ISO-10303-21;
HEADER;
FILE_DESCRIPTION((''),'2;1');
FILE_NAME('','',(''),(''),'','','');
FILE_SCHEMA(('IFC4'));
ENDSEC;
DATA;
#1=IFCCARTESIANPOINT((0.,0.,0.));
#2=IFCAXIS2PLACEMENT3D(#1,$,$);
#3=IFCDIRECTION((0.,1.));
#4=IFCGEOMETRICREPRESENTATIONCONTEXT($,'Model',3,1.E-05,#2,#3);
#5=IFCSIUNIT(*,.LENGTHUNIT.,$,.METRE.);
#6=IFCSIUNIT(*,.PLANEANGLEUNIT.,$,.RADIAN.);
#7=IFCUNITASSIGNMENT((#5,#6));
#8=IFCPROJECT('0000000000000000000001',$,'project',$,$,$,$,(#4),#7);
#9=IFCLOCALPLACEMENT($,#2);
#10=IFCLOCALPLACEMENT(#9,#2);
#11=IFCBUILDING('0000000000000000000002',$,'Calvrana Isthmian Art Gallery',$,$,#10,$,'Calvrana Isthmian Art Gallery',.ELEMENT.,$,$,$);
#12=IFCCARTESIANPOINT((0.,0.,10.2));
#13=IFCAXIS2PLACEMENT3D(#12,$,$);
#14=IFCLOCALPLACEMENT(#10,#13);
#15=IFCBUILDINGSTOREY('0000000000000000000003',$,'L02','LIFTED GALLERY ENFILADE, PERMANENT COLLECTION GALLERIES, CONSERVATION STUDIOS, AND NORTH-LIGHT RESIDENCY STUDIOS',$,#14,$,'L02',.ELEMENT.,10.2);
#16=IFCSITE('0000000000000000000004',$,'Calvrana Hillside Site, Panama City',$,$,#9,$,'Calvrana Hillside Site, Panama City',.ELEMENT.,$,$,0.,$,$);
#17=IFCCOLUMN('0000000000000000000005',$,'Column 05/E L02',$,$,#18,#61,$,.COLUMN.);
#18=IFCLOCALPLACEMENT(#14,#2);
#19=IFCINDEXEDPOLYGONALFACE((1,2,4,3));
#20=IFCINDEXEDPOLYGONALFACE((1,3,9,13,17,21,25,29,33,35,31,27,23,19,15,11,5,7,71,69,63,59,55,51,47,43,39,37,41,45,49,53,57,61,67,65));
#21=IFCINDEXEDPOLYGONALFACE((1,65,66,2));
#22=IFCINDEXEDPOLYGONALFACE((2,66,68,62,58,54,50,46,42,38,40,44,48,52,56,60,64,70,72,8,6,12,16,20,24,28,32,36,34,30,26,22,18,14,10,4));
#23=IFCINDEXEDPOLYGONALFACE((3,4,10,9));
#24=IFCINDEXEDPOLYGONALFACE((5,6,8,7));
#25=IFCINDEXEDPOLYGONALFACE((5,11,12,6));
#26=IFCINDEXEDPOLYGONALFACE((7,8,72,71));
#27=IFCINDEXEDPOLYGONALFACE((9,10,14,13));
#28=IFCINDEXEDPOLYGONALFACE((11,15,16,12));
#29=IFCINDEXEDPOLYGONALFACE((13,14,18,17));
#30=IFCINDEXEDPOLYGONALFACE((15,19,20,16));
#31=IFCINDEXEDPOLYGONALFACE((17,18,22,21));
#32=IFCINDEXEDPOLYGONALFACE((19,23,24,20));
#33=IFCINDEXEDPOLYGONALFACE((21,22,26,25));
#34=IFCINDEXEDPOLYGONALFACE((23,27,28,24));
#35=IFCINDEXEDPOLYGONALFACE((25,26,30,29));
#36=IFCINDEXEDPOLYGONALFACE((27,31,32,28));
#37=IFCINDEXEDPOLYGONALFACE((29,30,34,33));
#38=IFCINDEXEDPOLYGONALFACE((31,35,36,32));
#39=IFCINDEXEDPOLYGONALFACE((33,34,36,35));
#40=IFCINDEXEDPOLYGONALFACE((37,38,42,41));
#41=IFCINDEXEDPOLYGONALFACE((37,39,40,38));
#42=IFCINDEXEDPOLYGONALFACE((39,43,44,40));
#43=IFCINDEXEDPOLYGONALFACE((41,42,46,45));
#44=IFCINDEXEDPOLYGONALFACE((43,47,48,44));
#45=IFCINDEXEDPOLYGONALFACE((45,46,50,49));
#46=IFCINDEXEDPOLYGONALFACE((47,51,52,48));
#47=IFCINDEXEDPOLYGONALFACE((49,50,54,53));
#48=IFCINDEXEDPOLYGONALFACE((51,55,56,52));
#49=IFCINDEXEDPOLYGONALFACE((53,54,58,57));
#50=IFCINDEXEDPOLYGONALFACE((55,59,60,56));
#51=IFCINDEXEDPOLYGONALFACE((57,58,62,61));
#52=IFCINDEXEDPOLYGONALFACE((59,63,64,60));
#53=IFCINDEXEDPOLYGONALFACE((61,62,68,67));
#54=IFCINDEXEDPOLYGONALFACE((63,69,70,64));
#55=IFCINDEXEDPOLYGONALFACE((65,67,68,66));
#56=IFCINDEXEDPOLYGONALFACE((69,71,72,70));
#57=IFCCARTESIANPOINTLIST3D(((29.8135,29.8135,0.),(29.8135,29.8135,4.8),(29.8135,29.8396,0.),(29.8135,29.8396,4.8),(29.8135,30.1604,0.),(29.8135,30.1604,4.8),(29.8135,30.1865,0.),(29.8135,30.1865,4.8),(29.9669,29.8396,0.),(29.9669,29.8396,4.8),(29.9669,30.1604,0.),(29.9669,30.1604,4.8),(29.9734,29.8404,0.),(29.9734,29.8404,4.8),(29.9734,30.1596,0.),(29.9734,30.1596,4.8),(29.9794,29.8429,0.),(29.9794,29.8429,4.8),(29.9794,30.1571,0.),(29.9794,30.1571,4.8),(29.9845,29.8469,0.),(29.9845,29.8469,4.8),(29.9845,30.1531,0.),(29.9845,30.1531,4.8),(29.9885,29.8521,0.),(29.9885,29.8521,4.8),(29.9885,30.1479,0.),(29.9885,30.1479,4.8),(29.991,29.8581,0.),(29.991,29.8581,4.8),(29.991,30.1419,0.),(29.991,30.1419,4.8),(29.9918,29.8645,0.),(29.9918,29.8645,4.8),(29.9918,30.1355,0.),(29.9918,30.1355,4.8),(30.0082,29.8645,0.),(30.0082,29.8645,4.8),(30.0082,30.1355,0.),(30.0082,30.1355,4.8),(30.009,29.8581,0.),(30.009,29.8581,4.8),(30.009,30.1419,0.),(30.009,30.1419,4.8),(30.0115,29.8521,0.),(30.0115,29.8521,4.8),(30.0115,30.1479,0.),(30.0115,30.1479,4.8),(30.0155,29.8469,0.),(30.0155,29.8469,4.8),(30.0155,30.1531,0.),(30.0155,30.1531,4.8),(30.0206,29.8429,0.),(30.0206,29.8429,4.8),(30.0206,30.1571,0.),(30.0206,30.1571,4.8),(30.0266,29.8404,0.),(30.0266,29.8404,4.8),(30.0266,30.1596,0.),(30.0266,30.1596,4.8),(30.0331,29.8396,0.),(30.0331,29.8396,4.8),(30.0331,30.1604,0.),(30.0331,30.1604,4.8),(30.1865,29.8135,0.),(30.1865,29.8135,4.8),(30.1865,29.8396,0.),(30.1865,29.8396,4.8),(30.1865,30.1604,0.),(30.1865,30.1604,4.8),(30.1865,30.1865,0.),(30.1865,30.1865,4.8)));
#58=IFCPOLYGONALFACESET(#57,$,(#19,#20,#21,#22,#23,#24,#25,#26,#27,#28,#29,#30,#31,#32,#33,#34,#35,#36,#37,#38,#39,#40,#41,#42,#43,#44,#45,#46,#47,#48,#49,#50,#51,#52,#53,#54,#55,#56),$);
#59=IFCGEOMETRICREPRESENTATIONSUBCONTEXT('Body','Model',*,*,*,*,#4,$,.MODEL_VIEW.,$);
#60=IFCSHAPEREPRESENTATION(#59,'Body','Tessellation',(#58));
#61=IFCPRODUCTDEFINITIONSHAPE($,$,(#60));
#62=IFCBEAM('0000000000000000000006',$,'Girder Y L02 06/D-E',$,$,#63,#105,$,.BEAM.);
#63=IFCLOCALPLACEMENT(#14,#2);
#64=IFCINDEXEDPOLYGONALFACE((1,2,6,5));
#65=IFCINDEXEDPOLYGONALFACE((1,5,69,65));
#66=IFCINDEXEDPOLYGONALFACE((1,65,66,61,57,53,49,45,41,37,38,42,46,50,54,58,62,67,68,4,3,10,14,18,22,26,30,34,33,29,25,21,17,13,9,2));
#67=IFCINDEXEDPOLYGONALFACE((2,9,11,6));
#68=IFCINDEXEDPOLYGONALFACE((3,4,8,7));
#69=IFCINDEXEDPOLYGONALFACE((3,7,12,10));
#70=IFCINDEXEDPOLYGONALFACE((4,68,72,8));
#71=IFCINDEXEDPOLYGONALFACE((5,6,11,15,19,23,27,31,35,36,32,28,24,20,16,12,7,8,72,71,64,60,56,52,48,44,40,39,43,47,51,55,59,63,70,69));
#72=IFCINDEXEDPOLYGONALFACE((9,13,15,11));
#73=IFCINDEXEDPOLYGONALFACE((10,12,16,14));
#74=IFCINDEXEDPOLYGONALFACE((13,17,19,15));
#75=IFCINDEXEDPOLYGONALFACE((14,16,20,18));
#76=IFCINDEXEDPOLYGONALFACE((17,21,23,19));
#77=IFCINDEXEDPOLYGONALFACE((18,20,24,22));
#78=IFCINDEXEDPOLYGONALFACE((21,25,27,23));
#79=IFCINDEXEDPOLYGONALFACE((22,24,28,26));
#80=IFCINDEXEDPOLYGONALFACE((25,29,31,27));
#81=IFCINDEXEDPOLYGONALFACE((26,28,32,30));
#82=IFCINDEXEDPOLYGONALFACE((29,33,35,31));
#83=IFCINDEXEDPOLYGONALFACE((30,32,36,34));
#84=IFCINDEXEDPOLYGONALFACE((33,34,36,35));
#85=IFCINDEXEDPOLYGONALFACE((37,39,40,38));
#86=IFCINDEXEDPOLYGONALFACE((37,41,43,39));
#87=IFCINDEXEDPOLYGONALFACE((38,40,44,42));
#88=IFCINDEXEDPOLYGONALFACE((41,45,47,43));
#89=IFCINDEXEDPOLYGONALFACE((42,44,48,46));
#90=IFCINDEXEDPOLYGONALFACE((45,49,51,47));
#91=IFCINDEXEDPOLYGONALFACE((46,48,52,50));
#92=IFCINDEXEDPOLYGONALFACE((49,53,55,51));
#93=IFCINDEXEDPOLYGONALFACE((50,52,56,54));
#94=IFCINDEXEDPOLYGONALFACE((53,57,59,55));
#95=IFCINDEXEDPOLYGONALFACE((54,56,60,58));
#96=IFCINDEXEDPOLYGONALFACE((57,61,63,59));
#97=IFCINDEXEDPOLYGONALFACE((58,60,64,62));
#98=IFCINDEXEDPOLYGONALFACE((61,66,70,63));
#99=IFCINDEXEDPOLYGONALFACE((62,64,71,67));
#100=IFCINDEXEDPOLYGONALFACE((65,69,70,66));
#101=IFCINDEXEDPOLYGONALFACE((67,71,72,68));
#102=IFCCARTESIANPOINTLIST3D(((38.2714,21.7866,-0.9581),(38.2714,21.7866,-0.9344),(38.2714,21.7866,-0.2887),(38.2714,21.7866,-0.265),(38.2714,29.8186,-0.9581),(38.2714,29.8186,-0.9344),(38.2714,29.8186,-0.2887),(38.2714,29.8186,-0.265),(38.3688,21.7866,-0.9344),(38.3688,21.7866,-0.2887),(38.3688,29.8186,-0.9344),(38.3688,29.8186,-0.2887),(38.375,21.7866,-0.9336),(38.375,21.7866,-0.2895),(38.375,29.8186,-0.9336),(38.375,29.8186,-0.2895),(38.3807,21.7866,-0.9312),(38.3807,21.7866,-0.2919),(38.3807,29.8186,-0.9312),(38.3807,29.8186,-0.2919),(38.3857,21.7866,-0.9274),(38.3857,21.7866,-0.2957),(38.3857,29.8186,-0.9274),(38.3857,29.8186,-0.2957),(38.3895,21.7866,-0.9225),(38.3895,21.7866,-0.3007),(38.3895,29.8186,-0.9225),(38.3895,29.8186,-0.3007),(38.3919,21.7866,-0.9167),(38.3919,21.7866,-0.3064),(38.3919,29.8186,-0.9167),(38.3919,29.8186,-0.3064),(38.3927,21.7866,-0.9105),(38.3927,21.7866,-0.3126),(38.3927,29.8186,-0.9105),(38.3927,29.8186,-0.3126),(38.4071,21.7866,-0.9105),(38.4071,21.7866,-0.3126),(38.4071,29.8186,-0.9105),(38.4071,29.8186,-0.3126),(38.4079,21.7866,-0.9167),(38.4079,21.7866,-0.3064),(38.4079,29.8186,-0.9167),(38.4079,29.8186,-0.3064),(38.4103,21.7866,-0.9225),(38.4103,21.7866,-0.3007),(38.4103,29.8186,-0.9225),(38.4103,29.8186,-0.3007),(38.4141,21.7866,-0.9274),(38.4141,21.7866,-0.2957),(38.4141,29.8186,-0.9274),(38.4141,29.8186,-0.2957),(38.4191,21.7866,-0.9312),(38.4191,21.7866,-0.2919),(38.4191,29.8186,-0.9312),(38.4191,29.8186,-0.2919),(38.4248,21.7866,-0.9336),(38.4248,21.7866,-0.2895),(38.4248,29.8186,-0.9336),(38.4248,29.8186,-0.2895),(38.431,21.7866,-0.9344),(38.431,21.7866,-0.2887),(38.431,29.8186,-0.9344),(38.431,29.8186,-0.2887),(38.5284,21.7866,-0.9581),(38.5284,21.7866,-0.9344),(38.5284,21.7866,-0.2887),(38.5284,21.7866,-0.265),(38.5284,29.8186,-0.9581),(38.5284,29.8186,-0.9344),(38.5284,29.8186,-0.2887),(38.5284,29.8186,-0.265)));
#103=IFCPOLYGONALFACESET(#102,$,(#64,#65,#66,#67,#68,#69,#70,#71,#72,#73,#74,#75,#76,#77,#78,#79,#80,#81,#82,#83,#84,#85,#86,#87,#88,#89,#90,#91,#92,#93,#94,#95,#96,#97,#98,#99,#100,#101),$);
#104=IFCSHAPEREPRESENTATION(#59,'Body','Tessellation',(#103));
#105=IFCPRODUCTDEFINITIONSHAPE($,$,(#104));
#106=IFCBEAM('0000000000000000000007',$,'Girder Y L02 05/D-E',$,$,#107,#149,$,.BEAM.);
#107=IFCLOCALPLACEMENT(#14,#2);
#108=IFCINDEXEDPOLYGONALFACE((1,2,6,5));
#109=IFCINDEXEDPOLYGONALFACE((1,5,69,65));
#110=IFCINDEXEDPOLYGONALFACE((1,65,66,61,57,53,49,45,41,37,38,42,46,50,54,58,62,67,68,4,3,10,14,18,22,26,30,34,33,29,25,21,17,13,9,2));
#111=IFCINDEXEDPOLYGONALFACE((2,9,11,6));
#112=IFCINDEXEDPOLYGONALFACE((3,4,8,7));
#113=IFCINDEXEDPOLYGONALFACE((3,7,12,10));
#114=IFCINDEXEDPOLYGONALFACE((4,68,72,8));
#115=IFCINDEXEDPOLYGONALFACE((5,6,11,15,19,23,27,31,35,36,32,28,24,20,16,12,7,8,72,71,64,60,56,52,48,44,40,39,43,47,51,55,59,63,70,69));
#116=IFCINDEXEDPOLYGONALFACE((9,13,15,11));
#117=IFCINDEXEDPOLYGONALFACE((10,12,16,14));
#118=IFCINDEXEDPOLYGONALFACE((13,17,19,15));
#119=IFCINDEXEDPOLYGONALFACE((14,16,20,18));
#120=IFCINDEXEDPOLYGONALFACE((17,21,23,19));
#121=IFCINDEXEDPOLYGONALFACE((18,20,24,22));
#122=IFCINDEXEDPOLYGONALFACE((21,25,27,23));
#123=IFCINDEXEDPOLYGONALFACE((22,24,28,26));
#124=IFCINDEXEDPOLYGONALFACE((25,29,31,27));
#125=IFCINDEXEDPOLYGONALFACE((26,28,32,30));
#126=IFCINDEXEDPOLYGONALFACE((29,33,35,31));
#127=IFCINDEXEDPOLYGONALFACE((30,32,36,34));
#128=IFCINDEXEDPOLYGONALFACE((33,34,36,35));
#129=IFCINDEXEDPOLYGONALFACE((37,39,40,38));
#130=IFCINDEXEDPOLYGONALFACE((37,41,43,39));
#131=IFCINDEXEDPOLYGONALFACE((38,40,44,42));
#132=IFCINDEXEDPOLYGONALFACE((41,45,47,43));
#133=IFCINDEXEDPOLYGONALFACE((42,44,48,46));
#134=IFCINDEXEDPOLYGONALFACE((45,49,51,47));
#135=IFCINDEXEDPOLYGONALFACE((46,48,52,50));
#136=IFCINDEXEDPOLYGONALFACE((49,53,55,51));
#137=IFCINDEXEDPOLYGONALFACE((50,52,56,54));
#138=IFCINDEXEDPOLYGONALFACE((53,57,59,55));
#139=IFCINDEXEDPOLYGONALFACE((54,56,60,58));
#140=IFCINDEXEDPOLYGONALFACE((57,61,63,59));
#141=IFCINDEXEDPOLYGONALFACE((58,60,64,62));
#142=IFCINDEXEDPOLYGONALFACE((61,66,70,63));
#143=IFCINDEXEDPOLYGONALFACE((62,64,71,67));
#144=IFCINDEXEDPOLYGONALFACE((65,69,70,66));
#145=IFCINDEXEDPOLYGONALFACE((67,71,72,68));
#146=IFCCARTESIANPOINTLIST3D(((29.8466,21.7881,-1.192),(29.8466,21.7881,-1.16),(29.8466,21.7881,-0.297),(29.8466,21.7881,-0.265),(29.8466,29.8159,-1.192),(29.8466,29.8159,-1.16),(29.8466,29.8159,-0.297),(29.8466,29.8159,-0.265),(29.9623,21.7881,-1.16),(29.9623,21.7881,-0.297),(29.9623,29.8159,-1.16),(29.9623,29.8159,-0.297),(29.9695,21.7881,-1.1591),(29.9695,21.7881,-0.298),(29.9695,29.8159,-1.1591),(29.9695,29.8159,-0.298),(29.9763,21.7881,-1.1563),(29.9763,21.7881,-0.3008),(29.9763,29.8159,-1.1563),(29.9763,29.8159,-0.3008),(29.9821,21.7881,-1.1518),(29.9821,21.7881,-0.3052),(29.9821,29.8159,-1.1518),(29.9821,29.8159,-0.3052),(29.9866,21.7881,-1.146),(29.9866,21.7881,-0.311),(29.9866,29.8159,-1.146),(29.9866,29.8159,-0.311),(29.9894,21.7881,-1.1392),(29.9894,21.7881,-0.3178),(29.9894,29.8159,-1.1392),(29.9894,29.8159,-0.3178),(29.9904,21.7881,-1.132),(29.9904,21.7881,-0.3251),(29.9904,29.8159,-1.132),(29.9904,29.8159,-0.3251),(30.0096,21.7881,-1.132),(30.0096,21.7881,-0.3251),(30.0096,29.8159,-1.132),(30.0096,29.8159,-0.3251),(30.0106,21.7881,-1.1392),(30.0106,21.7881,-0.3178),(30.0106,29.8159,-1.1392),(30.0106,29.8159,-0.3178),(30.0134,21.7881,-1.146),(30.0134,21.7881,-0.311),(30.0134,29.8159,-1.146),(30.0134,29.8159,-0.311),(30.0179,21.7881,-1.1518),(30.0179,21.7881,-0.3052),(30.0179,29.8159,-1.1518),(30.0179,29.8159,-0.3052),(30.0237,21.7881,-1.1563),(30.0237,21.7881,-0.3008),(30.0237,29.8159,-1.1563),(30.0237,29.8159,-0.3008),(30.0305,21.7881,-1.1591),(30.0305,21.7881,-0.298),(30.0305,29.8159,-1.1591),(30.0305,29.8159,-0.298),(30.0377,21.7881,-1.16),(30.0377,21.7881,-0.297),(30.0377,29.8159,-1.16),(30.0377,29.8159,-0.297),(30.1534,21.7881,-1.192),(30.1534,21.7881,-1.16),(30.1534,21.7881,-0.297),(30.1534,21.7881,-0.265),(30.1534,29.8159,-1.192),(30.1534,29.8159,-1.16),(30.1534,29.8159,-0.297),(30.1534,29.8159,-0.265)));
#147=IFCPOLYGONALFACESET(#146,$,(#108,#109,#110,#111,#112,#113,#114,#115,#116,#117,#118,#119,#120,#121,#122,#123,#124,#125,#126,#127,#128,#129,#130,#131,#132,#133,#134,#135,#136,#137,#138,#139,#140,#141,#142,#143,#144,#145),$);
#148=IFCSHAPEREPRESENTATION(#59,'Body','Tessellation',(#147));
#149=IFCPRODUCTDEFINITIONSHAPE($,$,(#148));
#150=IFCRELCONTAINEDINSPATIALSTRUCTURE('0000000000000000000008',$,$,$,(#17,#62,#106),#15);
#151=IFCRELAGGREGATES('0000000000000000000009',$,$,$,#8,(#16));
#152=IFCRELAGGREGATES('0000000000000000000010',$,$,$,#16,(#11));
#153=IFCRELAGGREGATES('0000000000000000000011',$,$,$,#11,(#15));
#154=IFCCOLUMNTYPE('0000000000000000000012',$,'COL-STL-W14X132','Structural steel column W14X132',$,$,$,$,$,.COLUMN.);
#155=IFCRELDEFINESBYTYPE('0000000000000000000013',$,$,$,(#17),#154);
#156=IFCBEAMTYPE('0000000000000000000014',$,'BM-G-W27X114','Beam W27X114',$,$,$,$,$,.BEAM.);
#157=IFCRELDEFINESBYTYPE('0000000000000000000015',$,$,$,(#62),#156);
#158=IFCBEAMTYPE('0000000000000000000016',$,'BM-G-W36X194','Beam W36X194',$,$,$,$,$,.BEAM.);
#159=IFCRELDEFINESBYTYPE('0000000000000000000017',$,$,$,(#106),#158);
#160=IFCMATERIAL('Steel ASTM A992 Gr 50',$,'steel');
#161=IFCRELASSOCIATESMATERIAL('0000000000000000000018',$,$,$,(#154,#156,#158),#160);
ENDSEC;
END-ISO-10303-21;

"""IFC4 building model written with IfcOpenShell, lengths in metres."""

from ifc_helpers import new_model, si_unit, direction, frame, origin, origin_2d, place, context, subcontext, project, spatial, i_section, extrude, material, material_profile, profile_set, type_object, element, save


model = new_model("IFC4")

# Units and contexts
model_context = context("Model", 3, precision=1e-05, world=origin(), true_north=direction((0.0, 1.0)))
body_context = subcontext(model_context, "Body", "Model", "MODEL_VIEW")
ifc_project = project(units=[si_unit("LENGTHUNIT", "METRE"), si_unit("PLANEANGLEUNIT", "RADIAN")], contexts=[model_context])

# Site, building, storey
site_placement = place(None, origin())
site = spatial("IfcSite", under=ifc_project, at=site_placement, Name="Calvrana Hillside Site, Panama City", LongName="Calvrana Hillside Site, Panama City", CompositionType="ELEMENT", RefElevation=0.0)
building_placement = place(site_placement, origin())
building = spatial("IfcBuilding", under=site, at=building_placement, Name="Calvrana Isthmian Art Gallery", LongName="Calvrana Isthmian Art Gallery", CompositionType="ELEMENT")
storey_placement = place(building_placement, frame((0.0, 0.0, 10.2)))
storey = spatial("IfcBuildingStorey", under=building, at=storey_placement, Name="L02", Description="LIFTED GALLERY ENFILADE, PERMANENT COLLECTION GALLERIES, CONSERVATION STUDIOS, AND NORTH-LIGHT RESIDENCY STUDIOS", LongName="L02", CompositionType="ELEMENT", Elevation=10.2)

# Column
ifc_material_1 = material(Name="Steel ASTM A992 Gr 50", Category="steel")
ifc_material_profile_1 = material_profile(ifc_material_1, i_section(OverallWidth=0.373, OverallDepth=0.373, WebThickness=0.0164, FlangeThickness=0.0261, FilletRadius=0.0249, at=origin_2d()), Name="W14X132")
ifc_profile_set_1 = profile_set([ifc_material_profile_1], Name="Steel ASTM A992 Gr 50")
column_type = type_object("IfcColumnType", Name="COL-STL-W14X132", Description="Structural steel column W14X132", PredefinedType="COLUMN", material=ifc_profile_set_1)
column_placement = place(storey_placement, frame((30.0, 30.0, 0.0), z_axis=(0.0, 0.0, 1.0), x_axis=(1.0, 0.0, 0.0)))
element("IfcColumn", 1, at=column_placement, inside=storey, type_object=column_type, Name="Column 05/E L02", PredefinedType="COLUMN", context=body_context, shape_type="SweptSolid", body=[
    extrude(i_section(OverallWidth=0.373, OverallDepth=0.373, WebThickness=0.0164, FlangeThickness=0.0261, FilletRadius=0.0249, at=origin_2d()), origin(), (0.0, 0.0, 1.0), 4.8),
])

# Beams
ifc_material_profile_2 = material_profile(ifc_material_1, i_section(OverallWidth=0.2571, OverallDepth=0.6931, WebThickness=0.0144, FlangeThickness=0.0237, FilletRadius=0.0239, at=origin_2d()), Name="W27X114")
ifc_profile_set_2 = profile_set([ifc_material_profile_2], Name="Steel ASTM A992 Gr 50")
beam_type_1 = type_object("IfcBeamType", Name="BM-G-W27X114", Description="Beam W27X114", PredefinedType="BEAM", material=ifc_profile_set_2)
beam_1_placement = place(storey_placement, frame((38.3999, 21.7866, -0.6116), z_axis=(0.0, 1.0, 0.0), x_axis=(-1.0, 0.0, 0.0)))
element("IfcBeam", 2, at=beam_1_placement, inside=storey, type_object=beam_type_1, Name="Girder Y L02 06/D-E", PredefinedType="BEAM", context=body_context, shape_type="SweptSolid", body=[
    extrude(i_section(OverallWidth=0.2571, OverallDepth=0.6931, WebThickness=0.0144, FlangeThickness=0.0237, FilletRadius=0.0239, at=origin_2d()), origin(), (0.0, 0.0, 1.0), 8.032),
])
ifc_material_profile_3 = material_profile(ifc_material_1, i_section(OverallWidth=0.3069, OverallDepth=0.927, WebThickness=0.0193, FlangeThickness=0.032, FilletRadius=0.0281, at=origin_2d()), Name="W36X194")
ifc_profile_set_3 = profile_set([ifc_material_profile_3], Name="Steel ASTM A992 Gr 50")
beam_type_2 = type_object("IfcBeamType", Name="BM-G-W36X194", Description="Beam W36X194", PredefinedType="BEAM", material=ifc_profile_set_3)
beam_2_placement = place(storey_placement, frame((30.0, 21.7881, -0.7285), z_axis=(0.0, 1.0, 0.0), x_axis=(-1.0, 0.0, 0.0)))
element("IfcBeam", 3, at=beam_2_placement, inside=storey, type_object=beam_type_2, Name="Girder Y L02 05/D-E", PredefinedType="BEAM", context=body_context, shape_type="SweptSolid", body=[
    extrude(i_section(OverallWidth=0.3069, OverallDepth=0.927, WebThickness=0.0193, FlangeThickness=0.032, FilletRadius=0.0281, at=origin_2d()), origin(), (0.0, 0.0, 1.0), 8.0278),
])

save(model, "model.ifc")
